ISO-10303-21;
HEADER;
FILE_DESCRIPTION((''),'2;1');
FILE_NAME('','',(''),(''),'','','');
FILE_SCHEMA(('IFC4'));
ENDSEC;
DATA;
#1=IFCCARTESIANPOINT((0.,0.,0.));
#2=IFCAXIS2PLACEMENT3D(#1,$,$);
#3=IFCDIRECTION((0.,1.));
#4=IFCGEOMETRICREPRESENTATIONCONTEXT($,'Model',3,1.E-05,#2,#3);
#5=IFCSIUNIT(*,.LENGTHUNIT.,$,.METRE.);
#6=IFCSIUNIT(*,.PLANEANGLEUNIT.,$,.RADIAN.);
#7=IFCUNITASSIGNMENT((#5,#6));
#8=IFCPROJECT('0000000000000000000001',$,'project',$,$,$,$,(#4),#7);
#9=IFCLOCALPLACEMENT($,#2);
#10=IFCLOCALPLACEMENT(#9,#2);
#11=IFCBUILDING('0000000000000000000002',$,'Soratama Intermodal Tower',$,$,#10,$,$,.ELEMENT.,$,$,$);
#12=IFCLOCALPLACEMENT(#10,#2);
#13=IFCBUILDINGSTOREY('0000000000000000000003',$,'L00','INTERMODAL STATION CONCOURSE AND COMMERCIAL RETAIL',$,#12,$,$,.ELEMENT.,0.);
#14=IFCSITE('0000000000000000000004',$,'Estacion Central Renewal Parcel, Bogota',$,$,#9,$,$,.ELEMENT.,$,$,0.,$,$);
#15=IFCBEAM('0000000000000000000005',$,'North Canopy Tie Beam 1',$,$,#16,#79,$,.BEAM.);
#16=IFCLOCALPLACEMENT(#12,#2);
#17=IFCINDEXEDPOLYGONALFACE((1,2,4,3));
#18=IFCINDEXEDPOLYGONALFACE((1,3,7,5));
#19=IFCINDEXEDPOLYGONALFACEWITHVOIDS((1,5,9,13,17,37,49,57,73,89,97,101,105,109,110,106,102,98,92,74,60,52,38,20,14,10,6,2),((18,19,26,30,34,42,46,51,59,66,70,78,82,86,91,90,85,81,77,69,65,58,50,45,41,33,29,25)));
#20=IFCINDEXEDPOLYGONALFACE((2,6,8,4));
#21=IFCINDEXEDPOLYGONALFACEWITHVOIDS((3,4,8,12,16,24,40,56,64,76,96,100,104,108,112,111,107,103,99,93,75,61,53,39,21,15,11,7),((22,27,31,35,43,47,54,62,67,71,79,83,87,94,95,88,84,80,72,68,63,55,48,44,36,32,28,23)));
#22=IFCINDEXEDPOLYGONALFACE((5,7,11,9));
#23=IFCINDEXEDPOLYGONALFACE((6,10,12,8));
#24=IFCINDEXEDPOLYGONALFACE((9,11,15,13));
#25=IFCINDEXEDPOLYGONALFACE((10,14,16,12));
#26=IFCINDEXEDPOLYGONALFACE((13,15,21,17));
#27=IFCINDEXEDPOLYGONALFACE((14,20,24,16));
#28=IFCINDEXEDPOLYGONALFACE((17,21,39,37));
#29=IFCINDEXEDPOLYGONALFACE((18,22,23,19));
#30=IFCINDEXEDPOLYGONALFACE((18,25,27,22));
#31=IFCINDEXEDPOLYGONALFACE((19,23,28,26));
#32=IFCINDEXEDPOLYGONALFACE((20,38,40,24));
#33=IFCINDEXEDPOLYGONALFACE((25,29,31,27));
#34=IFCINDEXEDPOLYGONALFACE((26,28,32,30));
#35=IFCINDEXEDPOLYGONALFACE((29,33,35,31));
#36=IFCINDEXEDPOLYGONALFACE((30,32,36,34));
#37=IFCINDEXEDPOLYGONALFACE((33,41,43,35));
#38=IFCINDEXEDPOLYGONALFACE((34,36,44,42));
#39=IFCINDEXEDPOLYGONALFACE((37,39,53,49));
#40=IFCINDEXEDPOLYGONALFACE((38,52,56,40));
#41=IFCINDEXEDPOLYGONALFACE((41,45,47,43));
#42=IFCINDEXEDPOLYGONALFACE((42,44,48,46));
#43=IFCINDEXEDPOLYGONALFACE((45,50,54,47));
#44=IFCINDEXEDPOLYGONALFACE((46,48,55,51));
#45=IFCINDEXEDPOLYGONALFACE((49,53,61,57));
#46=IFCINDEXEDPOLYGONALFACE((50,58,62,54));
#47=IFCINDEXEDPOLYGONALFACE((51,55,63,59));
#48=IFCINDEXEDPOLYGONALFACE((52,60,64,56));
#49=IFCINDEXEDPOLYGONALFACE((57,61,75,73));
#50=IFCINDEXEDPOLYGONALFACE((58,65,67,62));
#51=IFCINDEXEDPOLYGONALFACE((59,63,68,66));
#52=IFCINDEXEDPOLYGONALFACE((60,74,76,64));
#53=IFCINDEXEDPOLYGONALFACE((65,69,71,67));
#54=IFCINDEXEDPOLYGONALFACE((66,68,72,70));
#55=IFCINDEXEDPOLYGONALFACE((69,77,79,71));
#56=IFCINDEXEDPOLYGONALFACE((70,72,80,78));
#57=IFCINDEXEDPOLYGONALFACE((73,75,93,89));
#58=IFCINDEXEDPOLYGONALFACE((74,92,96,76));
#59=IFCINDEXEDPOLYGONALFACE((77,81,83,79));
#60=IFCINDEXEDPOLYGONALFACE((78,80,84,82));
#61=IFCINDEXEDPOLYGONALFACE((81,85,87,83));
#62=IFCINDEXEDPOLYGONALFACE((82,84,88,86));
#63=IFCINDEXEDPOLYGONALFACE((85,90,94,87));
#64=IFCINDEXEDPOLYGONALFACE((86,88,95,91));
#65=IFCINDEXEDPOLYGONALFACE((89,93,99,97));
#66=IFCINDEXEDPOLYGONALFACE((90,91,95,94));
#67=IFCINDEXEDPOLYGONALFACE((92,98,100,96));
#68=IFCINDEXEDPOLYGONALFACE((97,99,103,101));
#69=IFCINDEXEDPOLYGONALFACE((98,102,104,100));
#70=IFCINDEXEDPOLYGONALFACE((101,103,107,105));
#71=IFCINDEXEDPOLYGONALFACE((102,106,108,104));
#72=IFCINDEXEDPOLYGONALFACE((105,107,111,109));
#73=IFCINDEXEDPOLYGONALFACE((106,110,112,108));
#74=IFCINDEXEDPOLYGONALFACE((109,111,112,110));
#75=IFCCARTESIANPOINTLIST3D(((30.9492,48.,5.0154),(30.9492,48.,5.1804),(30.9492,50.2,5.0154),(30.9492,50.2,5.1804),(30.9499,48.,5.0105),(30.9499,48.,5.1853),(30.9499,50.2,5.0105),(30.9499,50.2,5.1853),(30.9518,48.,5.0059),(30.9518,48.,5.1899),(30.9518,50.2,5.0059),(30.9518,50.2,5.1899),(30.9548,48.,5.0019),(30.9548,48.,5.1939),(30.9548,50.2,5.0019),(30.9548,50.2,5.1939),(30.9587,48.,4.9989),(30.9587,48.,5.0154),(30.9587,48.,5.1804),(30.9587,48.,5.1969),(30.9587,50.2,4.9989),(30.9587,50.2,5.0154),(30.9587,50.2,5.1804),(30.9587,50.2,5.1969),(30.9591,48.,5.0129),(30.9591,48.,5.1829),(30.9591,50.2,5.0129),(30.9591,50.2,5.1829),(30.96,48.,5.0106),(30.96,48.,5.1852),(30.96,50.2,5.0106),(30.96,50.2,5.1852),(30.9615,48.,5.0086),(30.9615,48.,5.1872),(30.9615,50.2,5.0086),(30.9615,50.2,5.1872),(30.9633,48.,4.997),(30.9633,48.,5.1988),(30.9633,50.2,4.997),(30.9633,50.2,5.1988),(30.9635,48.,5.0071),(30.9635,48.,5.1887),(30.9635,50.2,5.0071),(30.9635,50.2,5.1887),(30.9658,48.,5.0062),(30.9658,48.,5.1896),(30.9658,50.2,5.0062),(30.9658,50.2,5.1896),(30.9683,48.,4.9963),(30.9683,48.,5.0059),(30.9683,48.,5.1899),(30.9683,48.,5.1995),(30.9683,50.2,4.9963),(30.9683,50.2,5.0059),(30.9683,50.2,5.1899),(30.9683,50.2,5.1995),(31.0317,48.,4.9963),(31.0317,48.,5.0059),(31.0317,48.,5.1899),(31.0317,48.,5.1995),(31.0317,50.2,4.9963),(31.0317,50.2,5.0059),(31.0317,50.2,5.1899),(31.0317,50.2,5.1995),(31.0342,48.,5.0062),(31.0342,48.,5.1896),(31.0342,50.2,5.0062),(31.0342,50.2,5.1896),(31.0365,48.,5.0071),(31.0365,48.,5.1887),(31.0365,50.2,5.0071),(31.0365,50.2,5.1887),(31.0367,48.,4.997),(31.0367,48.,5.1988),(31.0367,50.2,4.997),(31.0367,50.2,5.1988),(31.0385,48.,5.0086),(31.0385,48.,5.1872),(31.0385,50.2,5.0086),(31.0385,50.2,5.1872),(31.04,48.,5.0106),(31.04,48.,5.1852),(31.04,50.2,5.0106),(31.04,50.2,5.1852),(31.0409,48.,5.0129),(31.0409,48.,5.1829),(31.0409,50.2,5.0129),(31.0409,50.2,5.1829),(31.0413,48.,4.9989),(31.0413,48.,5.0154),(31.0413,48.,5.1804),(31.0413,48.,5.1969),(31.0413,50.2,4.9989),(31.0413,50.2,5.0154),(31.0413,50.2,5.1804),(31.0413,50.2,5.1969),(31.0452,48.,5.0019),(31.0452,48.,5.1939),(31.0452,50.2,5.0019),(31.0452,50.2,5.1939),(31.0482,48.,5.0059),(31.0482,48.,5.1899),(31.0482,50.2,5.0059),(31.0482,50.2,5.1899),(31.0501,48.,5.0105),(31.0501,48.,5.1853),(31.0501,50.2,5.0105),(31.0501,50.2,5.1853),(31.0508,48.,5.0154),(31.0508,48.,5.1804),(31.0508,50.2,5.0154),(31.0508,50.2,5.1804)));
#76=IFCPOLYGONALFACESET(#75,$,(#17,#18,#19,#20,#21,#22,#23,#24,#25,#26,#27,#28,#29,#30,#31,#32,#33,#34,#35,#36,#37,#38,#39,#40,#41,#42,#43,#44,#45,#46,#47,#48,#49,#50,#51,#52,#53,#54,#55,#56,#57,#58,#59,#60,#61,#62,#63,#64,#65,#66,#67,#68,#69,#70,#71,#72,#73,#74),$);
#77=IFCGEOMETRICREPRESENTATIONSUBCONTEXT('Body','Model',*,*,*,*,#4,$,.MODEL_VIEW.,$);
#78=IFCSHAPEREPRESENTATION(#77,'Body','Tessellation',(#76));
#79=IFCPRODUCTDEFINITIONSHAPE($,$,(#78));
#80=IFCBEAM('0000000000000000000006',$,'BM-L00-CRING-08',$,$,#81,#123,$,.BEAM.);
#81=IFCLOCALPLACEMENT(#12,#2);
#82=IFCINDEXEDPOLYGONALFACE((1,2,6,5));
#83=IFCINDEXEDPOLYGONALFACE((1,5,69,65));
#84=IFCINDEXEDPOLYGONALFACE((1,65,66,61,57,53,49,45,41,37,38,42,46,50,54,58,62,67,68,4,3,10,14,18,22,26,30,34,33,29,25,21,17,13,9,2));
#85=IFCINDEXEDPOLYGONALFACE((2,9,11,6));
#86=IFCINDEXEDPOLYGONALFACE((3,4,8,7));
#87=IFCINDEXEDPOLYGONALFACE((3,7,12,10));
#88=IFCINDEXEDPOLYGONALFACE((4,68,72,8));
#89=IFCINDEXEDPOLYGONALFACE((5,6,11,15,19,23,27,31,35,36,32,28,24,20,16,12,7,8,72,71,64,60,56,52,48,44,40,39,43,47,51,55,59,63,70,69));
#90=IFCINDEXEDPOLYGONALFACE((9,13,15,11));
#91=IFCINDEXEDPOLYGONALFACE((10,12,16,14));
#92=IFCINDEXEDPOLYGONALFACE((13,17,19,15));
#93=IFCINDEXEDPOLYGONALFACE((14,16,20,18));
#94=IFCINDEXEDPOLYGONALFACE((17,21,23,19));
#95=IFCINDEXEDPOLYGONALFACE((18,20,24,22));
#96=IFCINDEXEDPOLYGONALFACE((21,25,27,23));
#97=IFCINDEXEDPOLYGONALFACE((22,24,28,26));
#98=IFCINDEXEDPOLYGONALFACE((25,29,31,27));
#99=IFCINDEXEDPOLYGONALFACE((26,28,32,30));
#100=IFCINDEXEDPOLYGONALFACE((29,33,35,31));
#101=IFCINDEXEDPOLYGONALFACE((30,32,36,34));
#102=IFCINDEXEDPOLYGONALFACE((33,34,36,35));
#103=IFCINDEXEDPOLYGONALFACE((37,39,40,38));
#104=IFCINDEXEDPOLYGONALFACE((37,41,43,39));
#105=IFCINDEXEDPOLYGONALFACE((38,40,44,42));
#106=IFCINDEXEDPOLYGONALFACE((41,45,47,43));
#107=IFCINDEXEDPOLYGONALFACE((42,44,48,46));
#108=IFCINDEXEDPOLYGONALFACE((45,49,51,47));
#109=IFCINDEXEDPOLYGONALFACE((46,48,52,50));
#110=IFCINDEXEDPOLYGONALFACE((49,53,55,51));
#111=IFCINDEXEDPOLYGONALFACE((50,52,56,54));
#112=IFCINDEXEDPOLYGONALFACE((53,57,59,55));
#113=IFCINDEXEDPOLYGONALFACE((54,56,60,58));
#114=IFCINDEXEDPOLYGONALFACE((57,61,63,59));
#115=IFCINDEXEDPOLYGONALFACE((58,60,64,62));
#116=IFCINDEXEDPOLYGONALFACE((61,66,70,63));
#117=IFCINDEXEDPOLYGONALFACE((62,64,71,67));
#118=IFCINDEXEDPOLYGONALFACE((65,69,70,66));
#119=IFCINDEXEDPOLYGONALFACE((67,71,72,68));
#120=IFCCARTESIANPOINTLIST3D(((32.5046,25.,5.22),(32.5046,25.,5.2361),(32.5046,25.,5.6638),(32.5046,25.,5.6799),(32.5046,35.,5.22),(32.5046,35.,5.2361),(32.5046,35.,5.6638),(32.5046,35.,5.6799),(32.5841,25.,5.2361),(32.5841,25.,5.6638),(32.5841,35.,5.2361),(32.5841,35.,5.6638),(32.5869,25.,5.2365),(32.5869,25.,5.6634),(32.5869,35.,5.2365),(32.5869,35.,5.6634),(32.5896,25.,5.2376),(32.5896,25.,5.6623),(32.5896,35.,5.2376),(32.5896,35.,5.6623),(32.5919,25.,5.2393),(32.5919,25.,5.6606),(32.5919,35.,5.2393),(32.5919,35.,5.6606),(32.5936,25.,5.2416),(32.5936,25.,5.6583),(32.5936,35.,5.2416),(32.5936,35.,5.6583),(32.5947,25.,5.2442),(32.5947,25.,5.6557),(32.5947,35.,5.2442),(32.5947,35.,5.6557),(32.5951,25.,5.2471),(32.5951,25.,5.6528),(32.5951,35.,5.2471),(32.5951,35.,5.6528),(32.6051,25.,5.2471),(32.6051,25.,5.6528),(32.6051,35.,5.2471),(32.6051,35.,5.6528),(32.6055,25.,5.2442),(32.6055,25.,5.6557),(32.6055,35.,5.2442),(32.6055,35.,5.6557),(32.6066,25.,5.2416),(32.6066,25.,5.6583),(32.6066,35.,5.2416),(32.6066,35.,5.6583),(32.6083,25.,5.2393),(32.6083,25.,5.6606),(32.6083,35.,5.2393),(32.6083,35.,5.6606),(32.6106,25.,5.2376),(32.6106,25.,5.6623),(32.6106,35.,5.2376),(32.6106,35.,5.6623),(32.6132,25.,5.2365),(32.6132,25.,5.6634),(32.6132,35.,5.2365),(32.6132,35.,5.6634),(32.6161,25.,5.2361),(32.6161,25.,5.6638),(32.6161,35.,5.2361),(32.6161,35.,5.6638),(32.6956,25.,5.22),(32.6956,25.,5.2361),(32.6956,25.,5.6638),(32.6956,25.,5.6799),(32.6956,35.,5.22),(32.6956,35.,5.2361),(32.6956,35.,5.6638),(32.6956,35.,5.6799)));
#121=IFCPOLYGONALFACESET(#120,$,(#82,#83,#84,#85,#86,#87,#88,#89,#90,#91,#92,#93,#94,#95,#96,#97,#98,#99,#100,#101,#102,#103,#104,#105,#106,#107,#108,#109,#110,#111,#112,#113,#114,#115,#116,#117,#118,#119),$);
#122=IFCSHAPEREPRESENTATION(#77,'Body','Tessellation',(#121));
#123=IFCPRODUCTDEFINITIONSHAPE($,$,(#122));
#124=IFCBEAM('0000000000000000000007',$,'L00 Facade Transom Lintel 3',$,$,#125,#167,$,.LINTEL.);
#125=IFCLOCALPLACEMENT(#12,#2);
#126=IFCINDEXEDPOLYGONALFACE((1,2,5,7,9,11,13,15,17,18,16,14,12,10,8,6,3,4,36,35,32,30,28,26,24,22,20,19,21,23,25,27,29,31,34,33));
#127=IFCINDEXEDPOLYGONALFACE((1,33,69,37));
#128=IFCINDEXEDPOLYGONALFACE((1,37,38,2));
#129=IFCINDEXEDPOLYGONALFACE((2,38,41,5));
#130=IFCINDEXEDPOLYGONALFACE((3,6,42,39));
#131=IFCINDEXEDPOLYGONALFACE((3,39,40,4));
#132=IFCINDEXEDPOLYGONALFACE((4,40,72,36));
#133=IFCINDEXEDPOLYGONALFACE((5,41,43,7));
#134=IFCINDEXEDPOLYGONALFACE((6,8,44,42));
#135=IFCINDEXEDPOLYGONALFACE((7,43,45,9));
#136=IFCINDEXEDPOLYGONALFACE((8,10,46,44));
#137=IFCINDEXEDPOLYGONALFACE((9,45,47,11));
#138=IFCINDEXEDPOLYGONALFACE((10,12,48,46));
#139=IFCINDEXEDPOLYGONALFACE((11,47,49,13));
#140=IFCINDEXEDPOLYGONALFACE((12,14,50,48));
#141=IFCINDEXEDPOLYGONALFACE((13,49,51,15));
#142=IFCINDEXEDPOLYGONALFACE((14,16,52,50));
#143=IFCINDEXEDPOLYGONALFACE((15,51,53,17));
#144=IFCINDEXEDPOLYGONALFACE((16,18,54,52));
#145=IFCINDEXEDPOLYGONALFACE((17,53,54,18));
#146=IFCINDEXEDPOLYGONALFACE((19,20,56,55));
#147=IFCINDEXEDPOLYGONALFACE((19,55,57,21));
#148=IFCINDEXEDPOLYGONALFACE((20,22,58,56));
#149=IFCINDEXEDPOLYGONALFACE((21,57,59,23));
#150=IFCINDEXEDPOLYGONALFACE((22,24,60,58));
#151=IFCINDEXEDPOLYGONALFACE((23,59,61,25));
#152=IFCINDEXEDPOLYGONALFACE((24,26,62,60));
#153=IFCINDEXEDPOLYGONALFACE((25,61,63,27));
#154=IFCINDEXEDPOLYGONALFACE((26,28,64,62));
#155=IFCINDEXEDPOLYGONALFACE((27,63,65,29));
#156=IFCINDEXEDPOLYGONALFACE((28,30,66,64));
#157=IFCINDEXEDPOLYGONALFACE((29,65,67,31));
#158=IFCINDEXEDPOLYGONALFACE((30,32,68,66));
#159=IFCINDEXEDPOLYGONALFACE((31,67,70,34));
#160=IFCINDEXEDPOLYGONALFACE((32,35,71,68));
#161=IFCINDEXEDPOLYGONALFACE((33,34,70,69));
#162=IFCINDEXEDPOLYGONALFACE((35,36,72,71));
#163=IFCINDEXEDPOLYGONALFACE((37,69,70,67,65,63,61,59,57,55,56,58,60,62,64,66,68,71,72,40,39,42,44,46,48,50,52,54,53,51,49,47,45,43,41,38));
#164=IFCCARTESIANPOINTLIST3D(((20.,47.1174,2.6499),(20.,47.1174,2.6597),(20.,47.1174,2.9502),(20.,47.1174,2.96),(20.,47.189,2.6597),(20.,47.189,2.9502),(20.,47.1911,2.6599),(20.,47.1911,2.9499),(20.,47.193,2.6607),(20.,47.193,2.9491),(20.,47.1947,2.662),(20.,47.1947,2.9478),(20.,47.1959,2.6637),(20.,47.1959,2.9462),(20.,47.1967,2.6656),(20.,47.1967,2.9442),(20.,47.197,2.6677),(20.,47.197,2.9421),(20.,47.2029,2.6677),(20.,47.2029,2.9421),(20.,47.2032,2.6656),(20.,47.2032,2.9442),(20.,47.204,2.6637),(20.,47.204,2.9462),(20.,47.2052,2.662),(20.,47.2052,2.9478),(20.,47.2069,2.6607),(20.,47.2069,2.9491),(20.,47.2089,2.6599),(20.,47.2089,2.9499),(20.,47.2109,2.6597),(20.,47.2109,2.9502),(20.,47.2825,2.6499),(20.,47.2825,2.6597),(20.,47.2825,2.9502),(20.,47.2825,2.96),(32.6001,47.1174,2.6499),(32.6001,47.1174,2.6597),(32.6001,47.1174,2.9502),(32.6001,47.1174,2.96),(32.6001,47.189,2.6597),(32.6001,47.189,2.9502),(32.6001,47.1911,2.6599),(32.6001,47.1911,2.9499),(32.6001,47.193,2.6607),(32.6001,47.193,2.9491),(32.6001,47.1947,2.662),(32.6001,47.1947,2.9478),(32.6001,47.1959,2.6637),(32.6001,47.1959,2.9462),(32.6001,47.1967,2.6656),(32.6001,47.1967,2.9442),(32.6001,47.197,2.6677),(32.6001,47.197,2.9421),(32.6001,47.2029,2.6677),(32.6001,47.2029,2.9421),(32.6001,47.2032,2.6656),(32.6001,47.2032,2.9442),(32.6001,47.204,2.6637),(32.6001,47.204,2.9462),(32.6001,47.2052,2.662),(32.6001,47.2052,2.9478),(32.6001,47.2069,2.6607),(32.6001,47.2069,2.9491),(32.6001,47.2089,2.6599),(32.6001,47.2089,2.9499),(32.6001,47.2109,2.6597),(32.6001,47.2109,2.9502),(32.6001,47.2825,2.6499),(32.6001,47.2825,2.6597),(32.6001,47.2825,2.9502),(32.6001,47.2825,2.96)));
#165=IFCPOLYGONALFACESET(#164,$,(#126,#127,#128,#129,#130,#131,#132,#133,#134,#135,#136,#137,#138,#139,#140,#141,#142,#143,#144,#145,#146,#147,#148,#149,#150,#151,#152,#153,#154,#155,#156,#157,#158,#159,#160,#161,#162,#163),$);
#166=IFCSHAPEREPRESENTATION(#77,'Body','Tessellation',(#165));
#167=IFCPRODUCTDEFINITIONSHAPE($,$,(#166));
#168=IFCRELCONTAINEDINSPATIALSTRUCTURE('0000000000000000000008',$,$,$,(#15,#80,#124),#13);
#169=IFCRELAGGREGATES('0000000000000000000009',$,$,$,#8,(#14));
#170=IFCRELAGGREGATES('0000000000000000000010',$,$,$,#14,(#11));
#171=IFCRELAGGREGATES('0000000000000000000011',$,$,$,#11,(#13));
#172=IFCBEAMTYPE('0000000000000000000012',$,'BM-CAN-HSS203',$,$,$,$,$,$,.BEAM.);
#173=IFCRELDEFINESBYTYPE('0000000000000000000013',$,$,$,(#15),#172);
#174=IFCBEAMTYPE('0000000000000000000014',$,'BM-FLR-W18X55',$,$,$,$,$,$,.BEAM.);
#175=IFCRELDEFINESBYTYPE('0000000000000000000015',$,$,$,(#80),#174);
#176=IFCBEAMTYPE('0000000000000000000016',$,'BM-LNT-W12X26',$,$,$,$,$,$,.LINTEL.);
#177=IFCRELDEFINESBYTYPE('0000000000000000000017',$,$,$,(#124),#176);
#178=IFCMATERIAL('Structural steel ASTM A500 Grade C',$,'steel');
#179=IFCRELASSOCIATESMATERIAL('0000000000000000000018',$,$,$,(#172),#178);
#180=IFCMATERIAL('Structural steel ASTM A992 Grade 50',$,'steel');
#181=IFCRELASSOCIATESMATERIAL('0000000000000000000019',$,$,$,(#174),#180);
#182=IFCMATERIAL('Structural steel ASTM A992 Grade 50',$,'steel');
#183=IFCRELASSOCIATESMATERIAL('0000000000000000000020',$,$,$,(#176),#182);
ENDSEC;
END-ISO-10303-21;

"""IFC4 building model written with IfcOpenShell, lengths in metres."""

from ifc_helpers import new_model, si_unit, direction, frame, origin, origin_2d, place, context, subcontext, project, spatial, hollow_rectangle, i_section, extrude, material, material_profile, profile_set, type_object, element, save


model = new_model("IFC4")

# Units and contexts
model_context = context("Model", 3, precision=1e-05, world=origin(), true_north=direction((0.0, 1.0)))
body_context = subcontext(model_context, "Body", "Model", "MODEL_VIEW")
ifc_project = project(units=[si_unit("LENGTHUNIT", "METRE"), si_unit("PLANEANGLEUNIT", "RADIAN")], contexts=[model_context])

# Site, building, storey
site_placement = place(None, origin())
site = spatial("IfcSite", under=ifc_project, at=site_placement, Name="Estacion Central Renewal Parcel, Bogota", CompositionType="ELEMENT", RefElevation=0.0)
building_placement = place(site_placement, origin())
building = spatial("IfcBuilding", under=site, at=building_placement, Name="Soratama Intermodal Tower", CompositionType="ELEMENT")
storey_placement = place(building_placement, origin())
storey = spatial("IfcBuildingStorey", under=building, at=storey_placement, Name="L00", Description="INTERMODAL STATION CONCOURSE AND COMMERCIAL RETAIL", CompositionType="ELEMENT", Elevation=0.0)

# Beams
ifc_material_1 = material(Name="Structural steel ASTM A500 Grade C", Category="steel")
ifc_material_profile_1 = material_profile(ifc_material_1, hollow_rectangle(XDim=0.1016, YDim=0.2031, WallThickness=0.0095, InnerFilletRadius=0.0095, OuterFilletRadius=0.019, at=origin_2d()), Name="HSS203X102X9.5")
ifc_profile_set_1 = profile_set([ifc_material_profile_1], Name="Structural steel ASTM A500 Grade C")
beam_type_1 = type_object("IfcBeamType", Name="BM-CAN-HSS203", PredefinedType="BEAM", material=ifc_profile_set_1)
beam_1_placement = place(storey_placement, frame((31.0, 48.0, 5.0979), z_axis=(0.0, 1.0, 0.0), x_axis=(-1.0, 0.0, 0.0)))
element("IfcBeam", 1, at=beam_1_placement, inside=storey, type_object=beam_type_1, Name="North Canopy Tie Beam 1", PredefinedType="BEAM", context=body_context, shape_type="SweptSolid", body=[
    extrude(hollow_rectangle(XDim=0.1016, YDim=0.2031, WallThickness=0.0095, InnerFilletRadius=0.0095, OuterFilletRadius=0.019, at=origin_2d()), origin(), (0.0, 0.0, 1.0), 2.2),
])
ifc_material_2 = material(Name="Structural steel ASTM A992 Grade 50", Category="steel")
ifc_material_profile_2 = material_profile(ifc_material_2, i_section(OverallWidth=0.1909, OverallDepth=0.46, WebThickness=0.01, FlangeThickness=0.0161, FilletRadius=0.011, at=origin_2d()), Name="W18X55")
ifc_profile_set_2 = profile_set([ifc_material_profile_2], Name="Structural steel ASTM A992 Grade 50")
beam_type_2 = type_object("IfcBeamType", Name="BM-FLR-W18X55", PredefinedType="BEAM", material=ifc_profile_set_2)
beam_2_placement = place(storey_placement, frame((32.6001, 35.0, 5.45), z_axis=(0.0, -1.0, 0.0), x_axis=(1.0, 0.0, 0.0)))
element("IfcBeam", 2, at=beam_2_placement, inside=storey, type_object=beam_type_2, Name="BM-L00-CRING-08", PredefinedType="BEAM", context=body_context, shape_type="SweptSolid", body=[
    extrude(i_section(OverallWidth=0.1909, OverallDepth=0.46, WebThickness=0.01, FlangeThickness=0.0161, FilletRadius=0.011, at=origin_2d()), origin(), (0.0, 0.0, 1.0), 10.0),
])
ifc_material_3 = material(Name="Structural steel ASTM A992 Grade 50", Category="steel")
ifc_material_profile_3 = material_profile(ifc_material_3, i_section(OverallWidth=0.165, OverallDepth=0.3101, WebThickness=0.0059, FlangeThickness=0.0098, FilletRadius=0.0081, at=origin_2d()), Name="W12X26")
ifc_profile_set_3 = profile_set([ifc_material_profile_3], Name="Structural steel ASTM A992 Grade 50")
beam_type_3 = type_object("IfcBeamType", Name="BM-LNT-W12X26", PredefinedType="LINTEL", material=ifc_profile_set_3)
beam_3_placement = place(storey_placement, frame((20.0, 47.2, 2.8049), z_axis=(1.0, 0.0, 0.0), x_axis=(0.0, 1.0, 0.0)))
element("IfcBeam", 3, at=beam_3_placement, inside=storey, type_object=beam_type_3, Name="L00 Facade Transom Lintel 3", PredefinedType="LINTEL", context=body_context, shape_type="SweptSolid", body=[
    extrude(i_section(OverallWidth=0.165, OverallDepth=0.3101, WebThickness=0.0059, FlangeThickness=0.0098, FilletRadius=0.0081, at=origin_2d()), origin(), (0.0, 0.0, 1.0), 12.6001),
])

save(model, "model.ifc")
